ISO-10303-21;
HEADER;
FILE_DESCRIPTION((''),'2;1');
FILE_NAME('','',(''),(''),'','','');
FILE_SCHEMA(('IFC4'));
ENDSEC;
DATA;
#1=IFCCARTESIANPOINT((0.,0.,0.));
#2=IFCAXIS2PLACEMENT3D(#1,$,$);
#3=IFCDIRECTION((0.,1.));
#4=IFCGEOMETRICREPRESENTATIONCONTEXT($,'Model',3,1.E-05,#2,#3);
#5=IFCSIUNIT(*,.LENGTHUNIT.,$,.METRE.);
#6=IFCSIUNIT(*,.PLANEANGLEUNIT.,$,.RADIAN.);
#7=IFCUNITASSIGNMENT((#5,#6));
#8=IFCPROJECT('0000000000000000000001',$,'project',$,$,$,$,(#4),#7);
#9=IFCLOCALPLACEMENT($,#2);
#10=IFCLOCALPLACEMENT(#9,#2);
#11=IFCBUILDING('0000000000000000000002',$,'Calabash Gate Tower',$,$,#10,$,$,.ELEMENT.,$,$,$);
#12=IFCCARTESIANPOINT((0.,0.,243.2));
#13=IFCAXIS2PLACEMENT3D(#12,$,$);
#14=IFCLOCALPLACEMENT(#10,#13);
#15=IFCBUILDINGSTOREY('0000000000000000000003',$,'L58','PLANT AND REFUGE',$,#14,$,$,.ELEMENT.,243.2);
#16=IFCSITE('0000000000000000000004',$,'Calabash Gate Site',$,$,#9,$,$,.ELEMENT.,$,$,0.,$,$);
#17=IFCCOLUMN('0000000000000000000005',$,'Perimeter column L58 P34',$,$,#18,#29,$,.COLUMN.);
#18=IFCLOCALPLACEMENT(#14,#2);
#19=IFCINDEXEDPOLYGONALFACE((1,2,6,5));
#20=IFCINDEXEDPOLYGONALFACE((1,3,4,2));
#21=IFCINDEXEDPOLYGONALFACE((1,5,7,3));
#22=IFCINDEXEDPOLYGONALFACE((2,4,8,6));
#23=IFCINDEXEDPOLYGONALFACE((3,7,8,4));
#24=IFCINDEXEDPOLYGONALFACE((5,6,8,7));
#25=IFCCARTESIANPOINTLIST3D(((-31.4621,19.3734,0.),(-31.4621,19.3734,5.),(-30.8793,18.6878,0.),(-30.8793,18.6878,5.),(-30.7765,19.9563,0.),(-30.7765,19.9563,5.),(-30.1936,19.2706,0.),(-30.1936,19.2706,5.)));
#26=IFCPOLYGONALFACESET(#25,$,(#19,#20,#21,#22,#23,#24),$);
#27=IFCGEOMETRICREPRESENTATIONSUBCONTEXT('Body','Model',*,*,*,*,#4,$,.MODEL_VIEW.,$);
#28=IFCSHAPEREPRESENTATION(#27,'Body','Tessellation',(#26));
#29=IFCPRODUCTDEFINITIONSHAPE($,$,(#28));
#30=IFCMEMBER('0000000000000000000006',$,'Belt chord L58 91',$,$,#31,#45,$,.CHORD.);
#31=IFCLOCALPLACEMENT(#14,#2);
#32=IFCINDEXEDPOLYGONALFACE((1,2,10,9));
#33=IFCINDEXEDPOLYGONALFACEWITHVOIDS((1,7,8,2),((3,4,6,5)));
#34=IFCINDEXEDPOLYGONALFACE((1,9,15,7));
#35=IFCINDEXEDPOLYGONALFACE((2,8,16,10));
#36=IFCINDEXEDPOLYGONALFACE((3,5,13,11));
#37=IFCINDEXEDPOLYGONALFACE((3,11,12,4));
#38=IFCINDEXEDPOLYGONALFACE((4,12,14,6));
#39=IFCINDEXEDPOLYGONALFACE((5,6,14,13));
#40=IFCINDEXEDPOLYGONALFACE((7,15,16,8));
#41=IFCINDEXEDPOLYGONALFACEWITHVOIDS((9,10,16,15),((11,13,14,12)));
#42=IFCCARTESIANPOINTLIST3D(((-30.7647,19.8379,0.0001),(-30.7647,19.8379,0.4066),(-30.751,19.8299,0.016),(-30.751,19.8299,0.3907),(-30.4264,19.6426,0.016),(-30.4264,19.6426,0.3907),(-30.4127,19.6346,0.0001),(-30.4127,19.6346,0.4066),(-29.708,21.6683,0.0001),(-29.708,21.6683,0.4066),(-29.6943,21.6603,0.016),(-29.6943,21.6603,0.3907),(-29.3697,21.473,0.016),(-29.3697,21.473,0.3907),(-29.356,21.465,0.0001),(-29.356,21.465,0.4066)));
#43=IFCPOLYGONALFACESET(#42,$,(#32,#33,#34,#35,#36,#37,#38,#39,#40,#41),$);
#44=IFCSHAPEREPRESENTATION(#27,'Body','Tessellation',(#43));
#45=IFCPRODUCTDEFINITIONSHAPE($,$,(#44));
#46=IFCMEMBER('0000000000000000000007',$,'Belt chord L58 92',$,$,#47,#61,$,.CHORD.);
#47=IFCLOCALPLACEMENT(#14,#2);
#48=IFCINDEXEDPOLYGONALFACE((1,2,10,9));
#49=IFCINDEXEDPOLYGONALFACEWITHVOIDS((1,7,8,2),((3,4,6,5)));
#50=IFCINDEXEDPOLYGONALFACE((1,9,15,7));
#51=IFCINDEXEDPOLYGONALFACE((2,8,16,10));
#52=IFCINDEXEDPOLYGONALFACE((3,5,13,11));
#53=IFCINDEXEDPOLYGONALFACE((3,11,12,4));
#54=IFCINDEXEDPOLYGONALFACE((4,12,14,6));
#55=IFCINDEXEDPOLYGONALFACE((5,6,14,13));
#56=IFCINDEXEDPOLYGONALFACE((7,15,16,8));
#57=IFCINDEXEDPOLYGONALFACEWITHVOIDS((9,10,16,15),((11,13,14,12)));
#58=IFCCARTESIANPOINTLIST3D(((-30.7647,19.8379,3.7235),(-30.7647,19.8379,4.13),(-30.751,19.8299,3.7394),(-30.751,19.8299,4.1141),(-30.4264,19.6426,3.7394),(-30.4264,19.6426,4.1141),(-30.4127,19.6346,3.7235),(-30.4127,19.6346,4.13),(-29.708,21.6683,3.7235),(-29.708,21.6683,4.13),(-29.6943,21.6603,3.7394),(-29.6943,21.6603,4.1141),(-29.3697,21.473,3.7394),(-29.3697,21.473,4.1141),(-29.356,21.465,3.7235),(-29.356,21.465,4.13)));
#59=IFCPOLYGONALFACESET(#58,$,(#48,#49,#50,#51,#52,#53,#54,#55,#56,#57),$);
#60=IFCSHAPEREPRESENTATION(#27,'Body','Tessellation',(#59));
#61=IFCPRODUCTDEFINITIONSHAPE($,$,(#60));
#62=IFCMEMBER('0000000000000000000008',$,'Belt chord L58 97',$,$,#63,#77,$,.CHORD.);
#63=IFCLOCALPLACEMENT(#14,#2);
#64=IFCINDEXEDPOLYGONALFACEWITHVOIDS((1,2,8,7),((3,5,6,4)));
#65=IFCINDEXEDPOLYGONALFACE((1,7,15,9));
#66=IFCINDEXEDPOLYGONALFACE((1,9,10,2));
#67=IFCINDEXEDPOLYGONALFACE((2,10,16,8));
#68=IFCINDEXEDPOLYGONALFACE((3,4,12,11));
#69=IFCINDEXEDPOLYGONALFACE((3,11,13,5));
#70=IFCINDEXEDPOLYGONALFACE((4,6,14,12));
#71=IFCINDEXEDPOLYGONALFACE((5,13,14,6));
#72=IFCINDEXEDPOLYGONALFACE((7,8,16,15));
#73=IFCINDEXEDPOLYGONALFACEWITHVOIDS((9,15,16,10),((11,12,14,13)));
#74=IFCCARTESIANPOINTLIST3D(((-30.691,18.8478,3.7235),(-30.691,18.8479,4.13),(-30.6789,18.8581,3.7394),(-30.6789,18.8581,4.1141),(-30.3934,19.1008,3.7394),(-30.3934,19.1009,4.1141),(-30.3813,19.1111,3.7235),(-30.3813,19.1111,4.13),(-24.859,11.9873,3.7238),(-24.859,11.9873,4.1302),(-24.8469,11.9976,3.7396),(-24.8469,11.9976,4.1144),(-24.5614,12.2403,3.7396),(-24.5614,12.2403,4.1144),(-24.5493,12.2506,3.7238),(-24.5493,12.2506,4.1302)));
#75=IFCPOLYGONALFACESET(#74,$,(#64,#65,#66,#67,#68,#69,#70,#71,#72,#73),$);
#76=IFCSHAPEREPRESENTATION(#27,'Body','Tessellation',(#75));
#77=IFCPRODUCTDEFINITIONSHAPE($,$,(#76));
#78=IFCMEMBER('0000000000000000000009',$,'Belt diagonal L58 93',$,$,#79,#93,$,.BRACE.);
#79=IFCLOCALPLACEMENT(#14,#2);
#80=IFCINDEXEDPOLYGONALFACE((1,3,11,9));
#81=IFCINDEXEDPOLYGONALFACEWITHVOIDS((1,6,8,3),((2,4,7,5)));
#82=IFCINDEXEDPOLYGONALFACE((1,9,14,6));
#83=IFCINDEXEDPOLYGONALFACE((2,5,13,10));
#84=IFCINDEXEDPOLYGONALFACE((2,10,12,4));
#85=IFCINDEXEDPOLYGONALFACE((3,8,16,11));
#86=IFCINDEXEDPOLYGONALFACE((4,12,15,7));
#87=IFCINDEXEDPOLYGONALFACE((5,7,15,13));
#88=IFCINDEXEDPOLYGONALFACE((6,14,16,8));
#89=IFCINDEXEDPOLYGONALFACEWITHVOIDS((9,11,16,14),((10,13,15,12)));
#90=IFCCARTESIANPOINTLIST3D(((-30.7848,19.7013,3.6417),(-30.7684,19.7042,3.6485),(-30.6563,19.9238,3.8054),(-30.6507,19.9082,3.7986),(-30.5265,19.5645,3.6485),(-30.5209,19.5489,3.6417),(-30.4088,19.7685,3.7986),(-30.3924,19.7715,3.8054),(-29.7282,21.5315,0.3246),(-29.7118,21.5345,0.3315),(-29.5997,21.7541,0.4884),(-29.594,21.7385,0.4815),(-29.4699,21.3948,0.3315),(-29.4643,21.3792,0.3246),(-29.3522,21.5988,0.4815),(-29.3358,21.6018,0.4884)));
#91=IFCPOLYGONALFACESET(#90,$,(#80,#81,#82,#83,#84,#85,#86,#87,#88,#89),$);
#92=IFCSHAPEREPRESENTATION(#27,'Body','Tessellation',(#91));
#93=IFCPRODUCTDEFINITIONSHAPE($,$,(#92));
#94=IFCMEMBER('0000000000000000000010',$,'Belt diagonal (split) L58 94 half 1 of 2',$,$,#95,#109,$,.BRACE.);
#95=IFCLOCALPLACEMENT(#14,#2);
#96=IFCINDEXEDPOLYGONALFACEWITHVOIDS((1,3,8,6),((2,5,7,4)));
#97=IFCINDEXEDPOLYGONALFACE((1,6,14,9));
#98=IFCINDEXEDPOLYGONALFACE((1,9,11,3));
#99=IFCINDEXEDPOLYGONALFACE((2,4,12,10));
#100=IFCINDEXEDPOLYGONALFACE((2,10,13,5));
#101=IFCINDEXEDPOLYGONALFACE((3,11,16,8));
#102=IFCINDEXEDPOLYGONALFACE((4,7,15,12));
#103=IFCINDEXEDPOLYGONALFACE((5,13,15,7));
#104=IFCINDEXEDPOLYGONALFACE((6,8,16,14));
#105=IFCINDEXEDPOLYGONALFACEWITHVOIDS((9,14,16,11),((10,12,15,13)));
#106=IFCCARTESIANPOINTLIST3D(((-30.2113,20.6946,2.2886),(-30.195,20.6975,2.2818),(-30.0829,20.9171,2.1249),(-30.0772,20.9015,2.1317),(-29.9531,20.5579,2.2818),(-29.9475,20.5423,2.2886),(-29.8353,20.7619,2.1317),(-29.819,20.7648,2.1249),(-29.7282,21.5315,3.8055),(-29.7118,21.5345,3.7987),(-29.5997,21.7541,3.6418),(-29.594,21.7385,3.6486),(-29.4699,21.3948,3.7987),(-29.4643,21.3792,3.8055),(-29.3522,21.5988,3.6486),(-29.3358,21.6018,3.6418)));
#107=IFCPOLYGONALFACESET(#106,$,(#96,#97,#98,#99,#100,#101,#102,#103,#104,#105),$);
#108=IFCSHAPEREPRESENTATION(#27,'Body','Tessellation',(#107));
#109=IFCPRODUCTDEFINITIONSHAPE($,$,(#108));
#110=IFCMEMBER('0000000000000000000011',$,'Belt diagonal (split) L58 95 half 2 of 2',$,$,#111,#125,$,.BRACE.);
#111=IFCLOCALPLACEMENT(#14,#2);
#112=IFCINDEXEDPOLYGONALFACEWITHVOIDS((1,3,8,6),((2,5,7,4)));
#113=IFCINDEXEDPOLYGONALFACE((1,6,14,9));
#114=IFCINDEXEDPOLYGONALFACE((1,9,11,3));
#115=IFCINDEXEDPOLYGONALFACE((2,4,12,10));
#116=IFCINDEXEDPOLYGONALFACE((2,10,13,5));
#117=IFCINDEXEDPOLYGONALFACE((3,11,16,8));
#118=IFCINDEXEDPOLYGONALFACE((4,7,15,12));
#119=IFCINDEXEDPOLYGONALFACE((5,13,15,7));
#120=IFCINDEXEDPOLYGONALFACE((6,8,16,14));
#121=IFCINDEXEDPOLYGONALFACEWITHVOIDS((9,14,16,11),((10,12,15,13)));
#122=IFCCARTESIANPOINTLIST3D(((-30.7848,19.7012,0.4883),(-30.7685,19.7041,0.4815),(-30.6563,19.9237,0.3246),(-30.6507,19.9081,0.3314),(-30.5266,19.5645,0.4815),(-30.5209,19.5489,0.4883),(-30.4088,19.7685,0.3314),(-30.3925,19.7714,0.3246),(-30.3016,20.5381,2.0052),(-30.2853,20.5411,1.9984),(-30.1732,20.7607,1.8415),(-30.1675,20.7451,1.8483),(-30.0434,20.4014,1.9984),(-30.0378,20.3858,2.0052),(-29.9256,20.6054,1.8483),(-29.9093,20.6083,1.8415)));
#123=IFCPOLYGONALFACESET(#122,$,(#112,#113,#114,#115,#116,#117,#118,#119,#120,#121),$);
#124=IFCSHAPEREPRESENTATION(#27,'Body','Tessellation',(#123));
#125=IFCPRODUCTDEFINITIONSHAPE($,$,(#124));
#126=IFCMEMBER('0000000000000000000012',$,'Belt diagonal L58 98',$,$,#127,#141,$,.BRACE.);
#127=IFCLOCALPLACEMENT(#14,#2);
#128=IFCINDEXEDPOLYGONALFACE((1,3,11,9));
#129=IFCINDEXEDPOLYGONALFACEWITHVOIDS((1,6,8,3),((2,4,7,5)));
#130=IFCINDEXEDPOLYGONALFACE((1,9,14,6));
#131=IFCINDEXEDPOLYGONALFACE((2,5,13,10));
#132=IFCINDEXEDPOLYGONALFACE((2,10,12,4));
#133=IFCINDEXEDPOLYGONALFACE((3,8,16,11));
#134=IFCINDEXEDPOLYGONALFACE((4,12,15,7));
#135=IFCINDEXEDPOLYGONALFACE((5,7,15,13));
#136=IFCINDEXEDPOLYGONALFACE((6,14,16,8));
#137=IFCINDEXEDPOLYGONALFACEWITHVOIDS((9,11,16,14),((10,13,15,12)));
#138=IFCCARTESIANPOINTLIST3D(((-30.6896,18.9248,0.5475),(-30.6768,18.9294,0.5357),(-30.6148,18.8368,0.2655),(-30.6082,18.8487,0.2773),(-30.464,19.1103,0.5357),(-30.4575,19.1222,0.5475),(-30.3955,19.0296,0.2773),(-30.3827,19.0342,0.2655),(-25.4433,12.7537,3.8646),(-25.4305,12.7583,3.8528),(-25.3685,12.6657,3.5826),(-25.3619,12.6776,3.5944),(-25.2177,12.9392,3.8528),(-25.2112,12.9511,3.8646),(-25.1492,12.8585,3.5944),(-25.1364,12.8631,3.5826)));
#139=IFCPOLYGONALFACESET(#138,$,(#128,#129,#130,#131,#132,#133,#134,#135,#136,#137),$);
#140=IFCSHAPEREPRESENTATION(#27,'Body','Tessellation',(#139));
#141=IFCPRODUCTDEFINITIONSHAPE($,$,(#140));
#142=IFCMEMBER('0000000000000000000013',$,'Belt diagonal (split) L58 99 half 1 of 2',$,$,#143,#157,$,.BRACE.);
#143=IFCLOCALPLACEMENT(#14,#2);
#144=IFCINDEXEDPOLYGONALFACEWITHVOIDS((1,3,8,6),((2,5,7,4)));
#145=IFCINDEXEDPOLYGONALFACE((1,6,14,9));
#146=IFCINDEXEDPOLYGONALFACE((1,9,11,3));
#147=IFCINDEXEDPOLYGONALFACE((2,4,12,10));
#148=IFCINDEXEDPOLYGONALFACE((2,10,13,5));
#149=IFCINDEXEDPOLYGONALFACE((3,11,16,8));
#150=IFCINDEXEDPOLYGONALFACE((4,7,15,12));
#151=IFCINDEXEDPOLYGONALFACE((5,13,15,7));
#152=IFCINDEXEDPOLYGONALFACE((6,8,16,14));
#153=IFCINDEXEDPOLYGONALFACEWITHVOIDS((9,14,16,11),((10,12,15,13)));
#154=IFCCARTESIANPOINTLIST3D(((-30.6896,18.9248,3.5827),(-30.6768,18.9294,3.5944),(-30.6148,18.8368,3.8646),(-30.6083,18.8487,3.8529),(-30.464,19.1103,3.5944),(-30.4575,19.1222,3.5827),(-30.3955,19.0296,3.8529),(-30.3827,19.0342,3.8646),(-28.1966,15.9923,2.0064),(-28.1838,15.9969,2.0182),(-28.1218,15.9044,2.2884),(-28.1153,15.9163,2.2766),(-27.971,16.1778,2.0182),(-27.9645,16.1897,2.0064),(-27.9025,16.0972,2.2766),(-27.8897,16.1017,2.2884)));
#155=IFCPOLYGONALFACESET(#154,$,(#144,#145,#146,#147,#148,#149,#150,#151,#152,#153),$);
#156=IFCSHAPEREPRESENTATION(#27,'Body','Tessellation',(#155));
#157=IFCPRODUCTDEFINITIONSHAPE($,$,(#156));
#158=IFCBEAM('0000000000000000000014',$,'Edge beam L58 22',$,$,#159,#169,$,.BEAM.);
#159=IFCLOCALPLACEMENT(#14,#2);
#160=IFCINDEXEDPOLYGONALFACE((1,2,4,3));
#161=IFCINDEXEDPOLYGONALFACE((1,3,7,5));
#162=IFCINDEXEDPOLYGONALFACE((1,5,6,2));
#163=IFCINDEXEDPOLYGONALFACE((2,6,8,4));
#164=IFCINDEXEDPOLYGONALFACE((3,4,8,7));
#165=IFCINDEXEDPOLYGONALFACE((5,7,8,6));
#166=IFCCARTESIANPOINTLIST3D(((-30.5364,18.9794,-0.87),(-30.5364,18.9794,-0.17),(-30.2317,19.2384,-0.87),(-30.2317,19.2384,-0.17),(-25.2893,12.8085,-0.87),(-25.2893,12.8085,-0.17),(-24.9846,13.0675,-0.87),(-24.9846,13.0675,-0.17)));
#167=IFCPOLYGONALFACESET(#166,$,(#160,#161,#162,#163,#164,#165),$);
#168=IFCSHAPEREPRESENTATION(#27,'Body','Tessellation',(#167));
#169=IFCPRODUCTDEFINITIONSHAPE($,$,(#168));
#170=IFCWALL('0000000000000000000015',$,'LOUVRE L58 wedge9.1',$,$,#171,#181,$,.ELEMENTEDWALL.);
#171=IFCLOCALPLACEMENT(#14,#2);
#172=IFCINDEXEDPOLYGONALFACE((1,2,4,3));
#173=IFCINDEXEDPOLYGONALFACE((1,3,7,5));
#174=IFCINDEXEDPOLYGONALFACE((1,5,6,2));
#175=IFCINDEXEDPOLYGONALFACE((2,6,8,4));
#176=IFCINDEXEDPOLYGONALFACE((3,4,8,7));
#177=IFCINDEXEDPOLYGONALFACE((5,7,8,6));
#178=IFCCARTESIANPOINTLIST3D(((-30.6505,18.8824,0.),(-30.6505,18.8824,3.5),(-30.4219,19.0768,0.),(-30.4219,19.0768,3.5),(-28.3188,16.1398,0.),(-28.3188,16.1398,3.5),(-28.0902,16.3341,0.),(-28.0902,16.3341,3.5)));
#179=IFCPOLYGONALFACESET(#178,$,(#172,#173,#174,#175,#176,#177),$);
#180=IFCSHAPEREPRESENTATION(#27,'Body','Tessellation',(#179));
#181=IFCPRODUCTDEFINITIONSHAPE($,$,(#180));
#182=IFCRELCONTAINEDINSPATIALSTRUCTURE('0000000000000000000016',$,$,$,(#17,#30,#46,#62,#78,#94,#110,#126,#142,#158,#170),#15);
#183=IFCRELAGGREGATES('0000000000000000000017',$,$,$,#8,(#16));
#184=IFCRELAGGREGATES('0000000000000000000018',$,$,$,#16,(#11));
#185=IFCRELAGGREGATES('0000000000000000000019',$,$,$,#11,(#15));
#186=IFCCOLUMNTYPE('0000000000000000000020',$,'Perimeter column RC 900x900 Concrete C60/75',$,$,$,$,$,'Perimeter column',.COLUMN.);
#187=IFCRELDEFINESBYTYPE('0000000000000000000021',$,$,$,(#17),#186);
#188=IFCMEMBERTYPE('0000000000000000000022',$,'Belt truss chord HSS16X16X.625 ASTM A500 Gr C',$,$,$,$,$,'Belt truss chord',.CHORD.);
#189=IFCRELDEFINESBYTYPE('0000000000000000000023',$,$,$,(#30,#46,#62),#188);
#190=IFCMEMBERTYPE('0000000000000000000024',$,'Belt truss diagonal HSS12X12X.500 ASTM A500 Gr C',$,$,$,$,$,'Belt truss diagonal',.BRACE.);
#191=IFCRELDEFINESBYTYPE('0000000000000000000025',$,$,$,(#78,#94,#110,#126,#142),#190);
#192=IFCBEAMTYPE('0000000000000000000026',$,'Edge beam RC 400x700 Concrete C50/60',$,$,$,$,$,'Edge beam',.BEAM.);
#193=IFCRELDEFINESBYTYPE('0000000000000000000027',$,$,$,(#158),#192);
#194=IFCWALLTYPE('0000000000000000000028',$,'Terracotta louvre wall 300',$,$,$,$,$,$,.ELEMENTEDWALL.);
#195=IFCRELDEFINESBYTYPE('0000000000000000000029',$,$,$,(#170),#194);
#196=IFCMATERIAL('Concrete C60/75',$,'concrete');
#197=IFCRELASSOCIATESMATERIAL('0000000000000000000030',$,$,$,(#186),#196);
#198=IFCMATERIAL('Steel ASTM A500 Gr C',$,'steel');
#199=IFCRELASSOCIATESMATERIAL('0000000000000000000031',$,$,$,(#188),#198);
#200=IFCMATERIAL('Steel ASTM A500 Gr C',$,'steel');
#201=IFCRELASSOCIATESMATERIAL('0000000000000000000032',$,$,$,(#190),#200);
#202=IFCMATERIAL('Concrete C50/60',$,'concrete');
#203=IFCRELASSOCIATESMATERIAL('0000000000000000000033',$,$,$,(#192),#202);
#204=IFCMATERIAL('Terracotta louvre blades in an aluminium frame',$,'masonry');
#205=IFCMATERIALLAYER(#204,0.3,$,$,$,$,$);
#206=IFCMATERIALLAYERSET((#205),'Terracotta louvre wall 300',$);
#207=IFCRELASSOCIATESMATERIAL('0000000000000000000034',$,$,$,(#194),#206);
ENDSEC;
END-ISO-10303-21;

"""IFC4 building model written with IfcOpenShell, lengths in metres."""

from ifc_helpers import new_model, si_unit, direction, frame, frame_2d, origin, origin_2d, place, context, subcontext, project, spatial, rectangle, hollow_rectangle, extrude, material, layer, layer_set, material_profile, profile_set, type_object, element, save


model = new_model("IFC4")

# Units and contexts
model_context = context("Model", 3, precision=1e-05, world=origin(), true_north=direction((0.0, 1.0)))
body_context = subcontext(model_context, "Body", "Model", "MODEL_VIEW")
ifc_project = project(units=[si_unit("LENGTHUNIT", "METRE"), si_unit("PLANEANGLEUNIT", "RADIAN")], contexts=[model_context])

# Site, building, storey
site_placement = place(None, origin())
site = spatial("IfcSite", under=ifc_project, at=site_placement, Name="Calabash Gate Site", CompositionType="ELEMENT", RefElevation=0.0)
building_placement = place(site_placement, origin())
building = spatial("IfcBuilding", under=site, at=building_placement, Name="Calabash Gate Tower", CompositionType="ELEMENT")
storey_placement = place(building_placement, frame((0.0, 0.0, 243.2)))
storey = spatial("IfcBuildingStorey", under=building, at=storey_placement, Name="L58", Description="PLANT AND REFUGE", CompositionType="ELEMENT", Elevation=243.2)

# Column
ifc_material_1 = material(Name="Concrete C60/75", Category="concrete")
ifc_material_profile_1 = material_profile(ifc_material_1, rectangle(XDim=0.8999, YDim=0.8999, at=origin_2d()))
ifc_profile_set_1 = profile_set([ifc_material_profile_1], Name="Concrete C60/75")
column_type = type_object("IfcColumnType", Name="Perimeter column RC 900x900 Concrete C60/75", ElementType="Perimeter column", PredefinedType="COLUMN", material=ifc_profile_set_1)
column_placement = place(storey_placement, frame((-30.8279, 19.322, 0.0), z_axis=(0.0, 0.0, 1.0), x_axis=(0.647704, -0.761892, 0.0)))
element("IfcColumn", 1, at=column_placement, inside=storey, type_object=column_type, Name="Perimeter column L58 P34", PredefinedType="COLUMN", context=body_context, shape_type="SweptSolid", body=[
    extrude(rectangle(XDim=0.8999, YDim=0.8999, at=origin_2d()), origin(), (0.0, 0.0, 1.0), 5.0),
])

# Members
ifc_material_2 = material(Name="Steel ASTM A500 Gr C", Category="steel")
ifc_material_profile_2 = material_profile(ifc_material_2, hollow_rectangle(XDim=0.4065, YDim=0.4065, WallThickness=0.0159, at=origin_2d()))
ifc_profile_set_2 = profile_set([ifc_material_profile_2], Name="Steel ASTM A500 Gr C")
member_type_1 = type_object("IfcMemberType", Name="Belt truss chord HSS16X16X.625 ASTM A500 Gr C", ElementType="Belt truss chord", PredefinedType="CHORD", material=ifc_profile_set_2)
for number, where, z_axis, x_axis, name in (
    (2, (-29.532, 21.5667, 0.2034), (-0.499966, -0.866045, 0.0), (0.866045, -0.499966, 0.0), "Belt chord L58 91"),
    (3, (-29.532, 21.5667, 3.9268), (-0.499966, -0.866045, 0.0), (0.866045, -0.499966, 0.0), "Belt chord L58 92"),
):
    element("IfcMember", number, at=place(storey_placement, frame(where, z_axis=z_axis, x_axis=x_axis)), inside=storey, type_object=member_type_1, Name=name, PredefinedType="CHORD", context=body_context, shape_type="SweptSolid", body=[
        extrude(hollow_rectangle(XDim=0.4065, YDim=0.4065, WallThickness=0.0159, at=origin_2d()), origin(), (0.0, 0.0, 1.0), 2.1135),
    ])
member_1_placement = place(storey_placement, frame((-30.5361, 18.9795, 3.9268), z_axis=(0.647682, -0.761911, 0.000027), x_axis=(0.761911, 0.647682, 0.0)))
element("IfcMember", 4, at=member_1_placement, inside=storey, type_object=member_type_1, Name="Belt chord L58 97", PredefinedType="CHORD", context=body_context, shape_type="SweptSolid", body=[
    extrude(hollow_rectangle(XDim=0.4065, YDim=0.4065, WallThickness=0.0159, at=origin_2d()), origin(), (0.0, 0.0, 1.0), 9.0044),
])
ifc_material_3 = material(Name="Steel ASTM A500 Gr C", Category="steel")
ifc_material_profile_3 = material_profile(ifc_material_3, hollow_rectangle(XDim=0.3047, YDim=0.3047, WallThickness=0.0127, at=origin_2d()))
ifc_profile_set_3 = profile_set([ifc_material_profile_3], Name="Steel ASTM A500 Gr C")
member_type_2 = type_object("IfcMemberType", Name="Belt truss diagonal HSS12X12X.500 ASTM A500 Gr C", ElementType="Belt truss diagonal", PredefinedType="BRACE", material=ifc_profile_set_3)
member_2_placement = place(storey_placement, frame((-29.532, 21.5667, 0.4065), z_axis=(-0.268647, -0.465353, 0.843371), x_axis=(0.866045, -0.499966, 0.0)))
element("IfcMember", 5, at=member_2_placement, inside=storey, type_object=member_type_2, Name="Belt diagonal L58 93", PredefinedType="BRACE", context=body_context, shape_type="SweptSolid", body=[
    extrude(hollow_rectangle(XDim=0.3047, YDim=0.3047, WallThickness=0.0127, at=origin_2d()), origin(), (0.0, 0.0, 1.0), 3.9331),
])
for number, where, z_axis, x_axis, name in (
    (6, (-29.532, 21.5667, 3.7236), (-0.26864, -0.465334, -0.843384), (0.866043, -0.49997, 0.0), "Belt diagonal (split) L58 94 half 1 of 2"),
    (7, (-30.1055, 20.5732, 1.9233), (-0.26864, -0.465334, -0.843384), (0.866043, -0.49997, 0.0), "Belt diagonal (split) L58 95 half 2 of 2"),
):
    element("IfcMember", number, at=place(storey_placement, frame(where, z_axis=z_axis, x_axis=x_axis)), inside=storey, type_object=member_type_2, Name=name, PredefinedType="BRACE", context=body_context, shape_type="SweptSolid", body=[
        extrude(hollow_rectangle(XDim=0.3047, YDim=0.3047, WallThickness=0.0127, at=origin_2d()), origin(), (0.0, 0.0, 1.0), 1.7986),
    ])
member_3_placement = place(storey_placement, frame((-30.5361, 18.9795, 0.4065), z_axis=(0.599394, -0.705053, 0.378983), x_axis=(0.761887, 0.647711, 0.0)))
element("IfcMember", 8, at=member_3_placement, inside=storey, type_object=member_type_2, Name="Belt diagonal L58 98", PredefinedType="BRACE", context=body_context, shape_type="SweptSolid", body=[
    extrude(hollow_rectangle(XDim=0.3047, YDim=0.3047, WallThickness=0.0127, at=origin_2d()), origin(), (0.0, 0.0, 1.0), 8.7527),
])
member_4_placement = place(storey_placement, frame((-30.5361, 18.9795, 3.7236), z_axis=(0.599395, -0.705057, -0.378973), x_axis=(0.761888, 0.647709, 0.0)))
element("IfcMember", 9, at=member_4_placement, inside=storey, type_object=member_type_2, Name="Belt diagonal (split) L58 99 half 1 of 2", PredefinedType="BRACE", context=body_context, shape_type="SweptSolid", body=[
    extrude(hollow_rectangle(XDim=0.3047, YDim=0.3047, WallThickness=0.0127, at=origin_2d()), origin(), (0.0, 0.0, 1.0), 4.1592),
])

# Beam
ifc_material_4 = material(Name="Concrete C50/60", Category="concrete")
ifc_material_profile_4 = material_profile(ifc_material_4, rectangle(XDim=0.3999, YDim=0.7, at=origin_2d()))
ifc_profile_set_4 = profile_set([ifc_material_profile_4], Name="Concrete C50/60")
beam_type = type_object("IfcBeamType", Name="Edge beam RC 400x700 Concrete C50/60", ElementType="Edge beam", PredefinedType="BEAM", material=ifc_profile_set_4)
beam_placement = place(storey_placement, frame((-30.384, 19.1089, -0.52), z_axis=(0.647778, -0.761829, 0.0), x_axis=(0.761829, 0.647778, 0.0)))
element("IfcBeam", 10, at=beam_placement, inside=storey, type_object=beam_type, Name="Edge beam L58 22", PredefinedType="BEAM", context=body_context, shape_type="SweptSolid", body=[
    extrude(rectangle(XDim=0.3999, YDim=0.7, at=origin_2d()), origin(), (0.0, 0.0, 1.0), 8.1001),
])

# Wall
ifc_material_5 = material(Name="Terracotta louvre blades in an aluminium frame", Category="masonry")
ifc_layer = layer(ifc_material_5, 0.3)
ifc_layer_set = layer_set([ifc_layer], Name="Terracotta louvre wall 300")
wall_type = type_object("IfcWallType", Name="Terracotta louvre wall 300", PredefinedType="ELEMENTEDWALL", material=ifc_layer_set)
wall_placement = place(storey_placement, frame((-30.5361, 18.9795, 0.0), z_axis=(0.0, 0.0, 1.0), x_axis=(0.647731, -0.761869, 0.0)))
element("IfcWall", 11, at=wall_placement, inside=storey, type_object=wall_type, Name="LOUVRE L58 wedge9.1", PredefinedType="ELEMENTEDWALL", context=body_context, shape_type="SweptSolid", body=[
    extrude(rectangle(XDim=3.5999, YDim=0.3, at=frame_2d((1.7998, 0.0))), origin(), (0.0, 0.0, 1.0), 3.5),
])

save(model, "model.ifc")
